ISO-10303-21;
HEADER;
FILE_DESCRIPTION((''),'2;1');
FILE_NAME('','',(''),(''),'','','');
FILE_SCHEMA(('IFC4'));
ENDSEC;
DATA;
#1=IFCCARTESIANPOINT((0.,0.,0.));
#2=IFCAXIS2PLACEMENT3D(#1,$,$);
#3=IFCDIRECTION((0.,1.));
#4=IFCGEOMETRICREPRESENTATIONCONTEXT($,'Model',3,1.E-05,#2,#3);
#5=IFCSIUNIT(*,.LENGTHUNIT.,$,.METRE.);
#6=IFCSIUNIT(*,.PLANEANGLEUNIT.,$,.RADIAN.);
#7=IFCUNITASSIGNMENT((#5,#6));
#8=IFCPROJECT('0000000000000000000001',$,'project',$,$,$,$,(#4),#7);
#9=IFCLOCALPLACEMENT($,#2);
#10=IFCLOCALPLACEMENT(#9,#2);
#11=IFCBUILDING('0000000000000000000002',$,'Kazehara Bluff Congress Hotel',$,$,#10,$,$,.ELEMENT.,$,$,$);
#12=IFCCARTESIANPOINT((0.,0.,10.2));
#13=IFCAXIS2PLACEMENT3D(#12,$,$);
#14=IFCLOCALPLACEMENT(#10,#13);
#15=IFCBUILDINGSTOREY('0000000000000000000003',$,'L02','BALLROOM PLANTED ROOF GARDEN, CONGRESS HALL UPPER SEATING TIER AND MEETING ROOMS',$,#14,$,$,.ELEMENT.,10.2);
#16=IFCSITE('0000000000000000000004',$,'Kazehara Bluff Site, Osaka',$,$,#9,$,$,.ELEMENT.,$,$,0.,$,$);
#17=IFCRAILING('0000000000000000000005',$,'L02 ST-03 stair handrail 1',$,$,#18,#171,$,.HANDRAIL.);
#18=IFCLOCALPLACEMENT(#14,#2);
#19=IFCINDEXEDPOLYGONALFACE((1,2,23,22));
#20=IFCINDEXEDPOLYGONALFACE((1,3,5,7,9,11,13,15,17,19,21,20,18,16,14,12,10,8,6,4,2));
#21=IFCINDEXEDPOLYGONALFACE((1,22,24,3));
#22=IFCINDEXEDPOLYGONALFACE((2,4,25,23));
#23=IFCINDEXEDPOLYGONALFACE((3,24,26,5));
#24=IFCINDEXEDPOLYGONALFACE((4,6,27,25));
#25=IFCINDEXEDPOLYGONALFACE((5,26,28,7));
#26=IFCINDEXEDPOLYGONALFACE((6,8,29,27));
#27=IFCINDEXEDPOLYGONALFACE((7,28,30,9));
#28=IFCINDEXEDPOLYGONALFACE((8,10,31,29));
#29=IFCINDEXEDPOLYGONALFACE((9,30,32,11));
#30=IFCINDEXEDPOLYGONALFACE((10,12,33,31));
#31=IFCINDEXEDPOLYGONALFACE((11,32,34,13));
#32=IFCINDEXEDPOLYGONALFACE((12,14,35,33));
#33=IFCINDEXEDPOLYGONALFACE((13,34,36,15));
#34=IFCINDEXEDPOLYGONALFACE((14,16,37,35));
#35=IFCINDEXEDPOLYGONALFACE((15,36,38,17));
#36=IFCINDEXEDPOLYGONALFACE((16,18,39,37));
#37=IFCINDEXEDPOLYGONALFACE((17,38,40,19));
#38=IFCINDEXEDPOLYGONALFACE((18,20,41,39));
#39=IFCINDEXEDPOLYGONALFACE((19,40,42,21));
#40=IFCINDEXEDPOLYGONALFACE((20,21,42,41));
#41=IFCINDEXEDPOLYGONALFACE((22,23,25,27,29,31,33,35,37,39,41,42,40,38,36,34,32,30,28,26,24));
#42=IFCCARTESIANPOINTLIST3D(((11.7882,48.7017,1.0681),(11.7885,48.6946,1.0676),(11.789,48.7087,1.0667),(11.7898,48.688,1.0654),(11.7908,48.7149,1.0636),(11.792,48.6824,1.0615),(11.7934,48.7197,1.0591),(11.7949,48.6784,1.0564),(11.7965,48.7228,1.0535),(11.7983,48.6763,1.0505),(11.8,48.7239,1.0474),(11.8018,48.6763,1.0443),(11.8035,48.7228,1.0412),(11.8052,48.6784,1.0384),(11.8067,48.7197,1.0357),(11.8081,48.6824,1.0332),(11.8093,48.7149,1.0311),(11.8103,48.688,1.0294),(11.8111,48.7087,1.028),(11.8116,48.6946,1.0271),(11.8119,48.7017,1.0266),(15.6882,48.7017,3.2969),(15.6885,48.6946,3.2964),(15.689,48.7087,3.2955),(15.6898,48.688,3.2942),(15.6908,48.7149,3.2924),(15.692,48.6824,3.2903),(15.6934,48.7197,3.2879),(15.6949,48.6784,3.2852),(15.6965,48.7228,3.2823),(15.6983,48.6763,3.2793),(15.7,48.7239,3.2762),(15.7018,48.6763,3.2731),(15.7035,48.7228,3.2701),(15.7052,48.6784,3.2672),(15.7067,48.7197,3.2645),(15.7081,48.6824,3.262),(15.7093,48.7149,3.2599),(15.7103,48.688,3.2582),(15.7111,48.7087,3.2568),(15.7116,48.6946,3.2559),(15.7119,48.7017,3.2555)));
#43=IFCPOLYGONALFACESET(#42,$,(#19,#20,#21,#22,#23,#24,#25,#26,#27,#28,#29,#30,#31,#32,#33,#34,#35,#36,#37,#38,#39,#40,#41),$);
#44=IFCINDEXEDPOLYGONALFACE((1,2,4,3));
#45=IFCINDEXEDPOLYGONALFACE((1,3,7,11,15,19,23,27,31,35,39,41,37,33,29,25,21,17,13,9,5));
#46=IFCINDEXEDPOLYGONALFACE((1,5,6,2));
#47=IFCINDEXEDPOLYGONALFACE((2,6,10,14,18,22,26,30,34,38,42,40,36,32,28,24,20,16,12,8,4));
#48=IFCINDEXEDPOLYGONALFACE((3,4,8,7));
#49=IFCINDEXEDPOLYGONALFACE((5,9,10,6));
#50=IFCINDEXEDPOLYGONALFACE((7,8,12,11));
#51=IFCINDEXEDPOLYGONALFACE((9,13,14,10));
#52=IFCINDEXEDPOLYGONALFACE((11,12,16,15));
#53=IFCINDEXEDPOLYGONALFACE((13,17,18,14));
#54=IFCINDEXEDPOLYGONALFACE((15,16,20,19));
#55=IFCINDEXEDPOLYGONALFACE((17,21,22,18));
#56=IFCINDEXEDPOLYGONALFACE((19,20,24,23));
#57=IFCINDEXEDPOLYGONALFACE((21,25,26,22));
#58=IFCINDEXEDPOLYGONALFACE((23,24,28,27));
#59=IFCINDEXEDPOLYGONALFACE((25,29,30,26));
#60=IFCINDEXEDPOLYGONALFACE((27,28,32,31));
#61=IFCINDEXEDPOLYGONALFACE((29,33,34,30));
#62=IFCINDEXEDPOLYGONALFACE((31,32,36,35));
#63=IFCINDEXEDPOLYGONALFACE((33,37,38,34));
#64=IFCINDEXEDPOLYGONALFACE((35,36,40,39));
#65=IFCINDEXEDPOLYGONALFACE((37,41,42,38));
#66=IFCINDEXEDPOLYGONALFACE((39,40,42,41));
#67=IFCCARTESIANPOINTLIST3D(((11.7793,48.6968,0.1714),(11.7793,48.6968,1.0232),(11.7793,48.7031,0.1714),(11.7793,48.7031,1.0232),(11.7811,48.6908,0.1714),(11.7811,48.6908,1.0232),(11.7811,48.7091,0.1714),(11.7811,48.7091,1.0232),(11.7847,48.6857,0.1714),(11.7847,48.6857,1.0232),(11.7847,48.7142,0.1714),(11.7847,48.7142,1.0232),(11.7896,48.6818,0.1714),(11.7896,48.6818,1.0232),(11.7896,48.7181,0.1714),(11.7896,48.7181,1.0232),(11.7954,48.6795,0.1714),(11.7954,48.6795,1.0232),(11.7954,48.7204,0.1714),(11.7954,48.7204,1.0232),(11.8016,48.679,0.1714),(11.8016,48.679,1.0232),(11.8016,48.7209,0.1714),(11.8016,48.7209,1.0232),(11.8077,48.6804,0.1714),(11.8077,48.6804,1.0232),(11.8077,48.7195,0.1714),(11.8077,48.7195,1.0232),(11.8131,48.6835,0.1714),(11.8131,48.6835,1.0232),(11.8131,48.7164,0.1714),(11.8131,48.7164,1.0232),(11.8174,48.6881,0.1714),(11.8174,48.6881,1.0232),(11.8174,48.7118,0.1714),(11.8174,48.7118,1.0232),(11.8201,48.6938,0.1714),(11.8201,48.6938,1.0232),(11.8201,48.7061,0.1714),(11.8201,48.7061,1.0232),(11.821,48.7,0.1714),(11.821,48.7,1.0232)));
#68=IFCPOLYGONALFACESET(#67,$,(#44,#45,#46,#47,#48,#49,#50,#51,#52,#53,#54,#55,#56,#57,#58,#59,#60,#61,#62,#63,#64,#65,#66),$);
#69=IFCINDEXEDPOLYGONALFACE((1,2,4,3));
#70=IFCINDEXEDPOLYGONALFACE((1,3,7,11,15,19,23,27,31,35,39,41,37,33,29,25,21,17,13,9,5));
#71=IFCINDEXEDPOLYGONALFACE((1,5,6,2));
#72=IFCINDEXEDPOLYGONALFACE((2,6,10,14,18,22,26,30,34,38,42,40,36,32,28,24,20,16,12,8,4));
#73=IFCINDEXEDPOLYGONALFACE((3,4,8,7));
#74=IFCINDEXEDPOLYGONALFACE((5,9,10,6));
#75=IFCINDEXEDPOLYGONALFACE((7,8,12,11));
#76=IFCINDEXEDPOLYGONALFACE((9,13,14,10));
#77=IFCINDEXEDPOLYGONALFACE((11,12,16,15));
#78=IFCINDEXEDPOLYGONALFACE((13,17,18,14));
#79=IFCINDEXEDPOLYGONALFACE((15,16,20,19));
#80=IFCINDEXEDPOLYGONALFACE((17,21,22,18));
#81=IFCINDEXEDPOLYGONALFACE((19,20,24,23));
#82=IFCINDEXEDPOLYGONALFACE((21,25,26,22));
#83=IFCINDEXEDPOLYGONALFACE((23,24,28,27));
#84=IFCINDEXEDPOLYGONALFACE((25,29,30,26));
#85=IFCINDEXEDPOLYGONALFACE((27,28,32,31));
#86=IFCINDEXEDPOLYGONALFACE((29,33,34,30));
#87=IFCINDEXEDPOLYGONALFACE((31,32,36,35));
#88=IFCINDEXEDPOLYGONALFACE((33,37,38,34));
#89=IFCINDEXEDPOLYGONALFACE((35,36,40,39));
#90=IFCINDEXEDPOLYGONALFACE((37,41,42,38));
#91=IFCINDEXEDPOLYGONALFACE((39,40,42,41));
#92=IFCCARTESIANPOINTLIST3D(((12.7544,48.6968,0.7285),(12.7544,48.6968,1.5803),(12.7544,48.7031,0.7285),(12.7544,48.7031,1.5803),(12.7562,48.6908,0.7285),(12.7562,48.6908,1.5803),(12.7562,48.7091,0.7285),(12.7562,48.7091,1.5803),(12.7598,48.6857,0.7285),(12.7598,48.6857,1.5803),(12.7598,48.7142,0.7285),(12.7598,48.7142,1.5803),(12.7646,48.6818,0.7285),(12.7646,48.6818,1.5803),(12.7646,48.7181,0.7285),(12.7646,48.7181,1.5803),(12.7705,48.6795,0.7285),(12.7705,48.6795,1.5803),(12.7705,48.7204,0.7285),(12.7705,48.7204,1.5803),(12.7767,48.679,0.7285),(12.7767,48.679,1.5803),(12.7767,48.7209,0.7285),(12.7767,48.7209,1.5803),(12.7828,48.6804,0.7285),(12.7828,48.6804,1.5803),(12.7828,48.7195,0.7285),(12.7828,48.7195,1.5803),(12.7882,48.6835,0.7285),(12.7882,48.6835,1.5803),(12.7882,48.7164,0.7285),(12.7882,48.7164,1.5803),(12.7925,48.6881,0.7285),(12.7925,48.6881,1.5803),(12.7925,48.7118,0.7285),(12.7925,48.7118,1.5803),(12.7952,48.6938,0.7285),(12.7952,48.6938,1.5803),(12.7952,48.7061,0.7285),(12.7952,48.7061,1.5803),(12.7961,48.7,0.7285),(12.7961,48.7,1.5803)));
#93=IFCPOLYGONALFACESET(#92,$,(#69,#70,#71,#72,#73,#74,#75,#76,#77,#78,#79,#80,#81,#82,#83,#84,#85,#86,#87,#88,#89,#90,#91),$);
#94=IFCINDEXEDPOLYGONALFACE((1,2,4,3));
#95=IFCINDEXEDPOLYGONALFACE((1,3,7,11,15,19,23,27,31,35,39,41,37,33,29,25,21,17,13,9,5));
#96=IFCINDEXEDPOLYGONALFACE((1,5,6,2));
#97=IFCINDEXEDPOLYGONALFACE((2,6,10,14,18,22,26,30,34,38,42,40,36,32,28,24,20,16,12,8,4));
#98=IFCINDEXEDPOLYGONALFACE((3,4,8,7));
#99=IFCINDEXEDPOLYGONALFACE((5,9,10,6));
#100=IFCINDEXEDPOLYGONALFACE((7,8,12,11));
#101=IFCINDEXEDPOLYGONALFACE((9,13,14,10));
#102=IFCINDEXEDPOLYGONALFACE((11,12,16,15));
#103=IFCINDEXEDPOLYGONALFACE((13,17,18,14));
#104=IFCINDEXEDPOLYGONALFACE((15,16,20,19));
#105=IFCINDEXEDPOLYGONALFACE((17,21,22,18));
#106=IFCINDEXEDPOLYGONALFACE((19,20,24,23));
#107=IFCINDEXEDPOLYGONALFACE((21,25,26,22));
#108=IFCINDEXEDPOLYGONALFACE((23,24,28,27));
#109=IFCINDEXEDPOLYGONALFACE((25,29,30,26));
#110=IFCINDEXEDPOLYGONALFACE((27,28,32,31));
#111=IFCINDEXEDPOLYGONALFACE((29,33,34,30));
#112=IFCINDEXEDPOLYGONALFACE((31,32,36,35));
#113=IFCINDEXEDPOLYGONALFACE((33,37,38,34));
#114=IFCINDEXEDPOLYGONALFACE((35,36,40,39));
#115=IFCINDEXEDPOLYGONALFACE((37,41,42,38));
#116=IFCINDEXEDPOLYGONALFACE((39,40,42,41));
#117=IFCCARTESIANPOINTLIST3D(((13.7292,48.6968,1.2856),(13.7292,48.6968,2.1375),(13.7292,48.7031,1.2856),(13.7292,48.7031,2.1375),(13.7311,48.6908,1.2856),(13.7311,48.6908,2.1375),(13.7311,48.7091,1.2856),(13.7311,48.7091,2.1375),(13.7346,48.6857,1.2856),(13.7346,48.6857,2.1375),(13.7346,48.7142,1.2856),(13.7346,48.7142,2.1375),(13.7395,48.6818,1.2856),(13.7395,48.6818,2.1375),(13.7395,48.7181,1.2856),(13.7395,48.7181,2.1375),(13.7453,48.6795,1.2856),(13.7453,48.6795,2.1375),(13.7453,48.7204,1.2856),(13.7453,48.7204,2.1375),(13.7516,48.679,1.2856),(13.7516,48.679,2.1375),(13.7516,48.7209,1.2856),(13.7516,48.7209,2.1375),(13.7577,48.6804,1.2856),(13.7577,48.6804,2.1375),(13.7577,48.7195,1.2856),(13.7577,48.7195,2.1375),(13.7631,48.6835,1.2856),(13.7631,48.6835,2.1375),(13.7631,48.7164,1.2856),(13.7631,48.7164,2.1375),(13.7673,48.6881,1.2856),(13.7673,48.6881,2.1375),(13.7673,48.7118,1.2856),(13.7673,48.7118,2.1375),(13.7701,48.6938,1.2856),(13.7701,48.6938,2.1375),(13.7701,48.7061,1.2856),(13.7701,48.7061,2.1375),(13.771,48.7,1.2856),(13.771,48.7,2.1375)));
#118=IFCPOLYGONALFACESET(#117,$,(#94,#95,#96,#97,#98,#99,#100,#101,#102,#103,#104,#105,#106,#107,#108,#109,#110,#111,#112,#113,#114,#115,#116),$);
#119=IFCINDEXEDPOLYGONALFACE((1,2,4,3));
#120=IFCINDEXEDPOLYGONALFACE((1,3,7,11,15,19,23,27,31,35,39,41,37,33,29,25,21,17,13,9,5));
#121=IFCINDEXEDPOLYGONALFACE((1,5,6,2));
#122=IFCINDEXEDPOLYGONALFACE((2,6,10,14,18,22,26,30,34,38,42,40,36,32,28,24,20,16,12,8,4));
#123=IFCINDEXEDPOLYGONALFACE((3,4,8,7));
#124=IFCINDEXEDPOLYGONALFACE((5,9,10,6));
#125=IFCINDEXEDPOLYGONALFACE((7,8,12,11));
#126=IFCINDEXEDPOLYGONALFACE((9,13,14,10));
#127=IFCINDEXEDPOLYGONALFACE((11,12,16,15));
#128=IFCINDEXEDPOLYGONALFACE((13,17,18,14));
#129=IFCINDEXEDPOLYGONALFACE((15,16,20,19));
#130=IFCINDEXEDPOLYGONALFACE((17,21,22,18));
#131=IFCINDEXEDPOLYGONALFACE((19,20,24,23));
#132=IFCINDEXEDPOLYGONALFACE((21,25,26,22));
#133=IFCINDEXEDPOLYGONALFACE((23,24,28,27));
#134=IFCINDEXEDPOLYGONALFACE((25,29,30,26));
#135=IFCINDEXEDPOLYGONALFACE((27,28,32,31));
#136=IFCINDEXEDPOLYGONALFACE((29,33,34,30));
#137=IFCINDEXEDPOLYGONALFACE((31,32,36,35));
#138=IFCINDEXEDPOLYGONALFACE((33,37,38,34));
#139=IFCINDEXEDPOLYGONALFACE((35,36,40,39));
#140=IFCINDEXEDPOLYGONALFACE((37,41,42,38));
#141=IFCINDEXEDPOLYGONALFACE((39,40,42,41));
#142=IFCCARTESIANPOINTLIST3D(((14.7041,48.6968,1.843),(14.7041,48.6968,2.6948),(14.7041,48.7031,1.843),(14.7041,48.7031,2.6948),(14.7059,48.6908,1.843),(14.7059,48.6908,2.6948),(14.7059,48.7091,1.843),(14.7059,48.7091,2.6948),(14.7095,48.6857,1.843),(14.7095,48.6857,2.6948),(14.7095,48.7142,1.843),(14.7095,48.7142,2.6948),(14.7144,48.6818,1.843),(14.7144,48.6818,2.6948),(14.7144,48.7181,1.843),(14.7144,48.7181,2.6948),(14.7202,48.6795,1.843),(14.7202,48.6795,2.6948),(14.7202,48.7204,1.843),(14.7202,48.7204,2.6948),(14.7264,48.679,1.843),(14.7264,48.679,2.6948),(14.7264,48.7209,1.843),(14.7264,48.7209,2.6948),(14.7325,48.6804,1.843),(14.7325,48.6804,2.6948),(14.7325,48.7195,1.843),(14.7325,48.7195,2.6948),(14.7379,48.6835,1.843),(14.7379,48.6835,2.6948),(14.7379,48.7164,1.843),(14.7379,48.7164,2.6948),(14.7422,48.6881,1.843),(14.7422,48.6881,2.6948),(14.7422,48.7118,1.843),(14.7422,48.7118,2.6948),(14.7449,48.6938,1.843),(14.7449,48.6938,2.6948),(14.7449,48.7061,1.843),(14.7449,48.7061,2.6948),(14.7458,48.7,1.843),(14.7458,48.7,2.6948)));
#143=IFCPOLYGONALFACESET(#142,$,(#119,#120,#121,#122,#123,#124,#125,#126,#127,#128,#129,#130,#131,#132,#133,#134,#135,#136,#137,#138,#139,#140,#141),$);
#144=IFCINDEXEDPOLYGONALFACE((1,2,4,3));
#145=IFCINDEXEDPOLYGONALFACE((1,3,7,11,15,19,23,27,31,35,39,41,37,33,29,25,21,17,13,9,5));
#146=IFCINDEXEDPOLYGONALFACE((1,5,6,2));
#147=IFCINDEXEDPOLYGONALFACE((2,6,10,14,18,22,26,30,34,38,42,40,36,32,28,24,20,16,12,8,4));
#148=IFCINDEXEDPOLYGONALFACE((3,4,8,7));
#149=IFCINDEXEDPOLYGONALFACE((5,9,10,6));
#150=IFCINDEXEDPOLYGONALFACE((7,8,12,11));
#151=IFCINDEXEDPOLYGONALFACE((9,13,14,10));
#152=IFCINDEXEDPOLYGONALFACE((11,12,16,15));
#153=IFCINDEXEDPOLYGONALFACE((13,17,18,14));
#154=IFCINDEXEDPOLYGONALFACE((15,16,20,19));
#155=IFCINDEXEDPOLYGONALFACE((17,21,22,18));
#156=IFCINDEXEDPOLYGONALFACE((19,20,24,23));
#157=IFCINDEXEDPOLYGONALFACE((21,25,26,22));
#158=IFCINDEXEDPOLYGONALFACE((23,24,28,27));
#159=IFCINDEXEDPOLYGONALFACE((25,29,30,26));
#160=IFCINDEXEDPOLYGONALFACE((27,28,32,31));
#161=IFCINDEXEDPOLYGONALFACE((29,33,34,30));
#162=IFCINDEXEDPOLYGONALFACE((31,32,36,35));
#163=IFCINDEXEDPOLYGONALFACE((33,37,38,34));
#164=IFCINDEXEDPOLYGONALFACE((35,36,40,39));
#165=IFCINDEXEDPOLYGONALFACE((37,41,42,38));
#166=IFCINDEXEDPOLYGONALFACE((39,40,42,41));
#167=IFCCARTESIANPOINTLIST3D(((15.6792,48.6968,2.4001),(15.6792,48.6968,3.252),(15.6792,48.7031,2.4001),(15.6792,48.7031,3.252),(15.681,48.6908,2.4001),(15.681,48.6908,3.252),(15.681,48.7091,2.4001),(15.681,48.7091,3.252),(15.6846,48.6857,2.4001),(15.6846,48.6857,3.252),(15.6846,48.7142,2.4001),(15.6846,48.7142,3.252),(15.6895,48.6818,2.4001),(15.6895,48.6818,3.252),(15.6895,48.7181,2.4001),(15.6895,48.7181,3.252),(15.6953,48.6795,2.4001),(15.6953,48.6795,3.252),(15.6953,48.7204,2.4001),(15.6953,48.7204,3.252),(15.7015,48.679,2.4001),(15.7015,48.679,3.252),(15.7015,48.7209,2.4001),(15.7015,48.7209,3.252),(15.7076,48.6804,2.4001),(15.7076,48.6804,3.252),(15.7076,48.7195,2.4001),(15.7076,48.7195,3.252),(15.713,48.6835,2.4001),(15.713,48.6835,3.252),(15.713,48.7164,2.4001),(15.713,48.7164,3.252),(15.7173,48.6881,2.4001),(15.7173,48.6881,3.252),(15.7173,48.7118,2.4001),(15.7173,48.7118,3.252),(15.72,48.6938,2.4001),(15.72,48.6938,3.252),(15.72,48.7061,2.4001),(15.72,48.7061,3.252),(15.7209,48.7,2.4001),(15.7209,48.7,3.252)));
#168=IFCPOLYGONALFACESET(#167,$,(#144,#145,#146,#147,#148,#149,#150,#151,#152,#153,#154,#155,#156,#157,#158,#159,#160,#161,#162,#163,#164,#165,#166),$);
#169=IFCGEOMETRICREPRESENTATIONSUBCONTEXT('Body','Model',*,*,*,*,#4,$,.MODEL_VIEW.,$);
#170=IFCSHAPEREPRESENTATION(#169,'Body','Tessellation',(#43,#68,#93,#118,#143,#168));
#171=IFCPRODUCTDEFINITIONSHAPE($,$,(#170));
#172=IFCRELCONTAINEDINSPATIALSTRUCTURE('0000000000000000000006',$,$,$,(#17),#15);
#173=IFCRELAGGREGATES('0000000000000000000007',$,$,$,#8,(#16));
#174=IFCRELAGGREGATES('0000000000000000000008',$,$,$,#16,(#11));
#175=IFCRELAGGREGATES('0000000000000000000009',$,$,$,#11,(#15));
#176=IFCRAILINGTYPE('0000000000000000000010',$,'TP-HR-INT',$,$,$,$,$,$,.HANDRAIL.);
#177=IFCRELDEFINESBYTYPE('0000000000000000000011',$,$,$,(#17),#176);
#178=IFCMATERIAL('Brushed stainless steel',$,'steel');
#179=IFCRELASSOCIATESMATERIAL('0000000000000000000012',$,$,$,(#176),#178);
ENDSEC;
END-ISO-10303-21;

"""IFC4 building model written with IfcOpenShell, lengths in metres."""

from ifc_helpers import new_model, si_unit, direction, frame, origin, origin_2d, place, context, subcontext, project, spatial, circle, extrude, material, type_object, element, save


model = new_model("IFC4")

# Units and contexts
model_context = context("Model", 3, precision=1e-05, world=origin(), true_north=direction((0.0, 1.0)))
body_context = subcontext(model_context, "Body", "Model", "MODEL_VIEW")
ifc_project = project(units=[si_unit("LENGTHUNIT", "METRE"), si_unit("PLANEANGLEUNIT", "RADIAN")], contexts=[model_context])

# Site, building, storey
site_placement = place(None, origin())
site = spatial("IfcSite", under=ifc_project, at=site_placement, Name="Kazehara Bluff Site, Osaka", CompositionType="ELEMENT", RefElevation=0.0)
building_placement = place(site_placement, origin())
building = spatial("IfcBuilding", under=site, at=building_placement, Name="Kazehara Bluff Congress Hotel", CompositionType="ELEMENT")
storey_placement = place(building_placement, frame((0.0, 0.0, 10.2)))
storey = spatial("IfcBuildingStorey", under=building, at=storey_placement, Name="L02", Description="BALLROOM PLANTED ROOF GARDEN, CONGRESS HALL UPPER SEATING TIER AND MEETING ROOMS", CompositionType="ELEMENT", Elevation=10.2)

# Railing
ifc_material_1 = material(Name="Brushed stainless steel", Category="steel")
railing_type_1 = type_object("IfcRailingType", Name="TP-HR-INT", PredefinedType="HANDRAIL", material=ifc_material_1)
railing_1_placement = place(storey_placement, frame((11.8, 48.7, 0.1714)))
element("IfcRailing", 1, at=railing_1_placement, inside=storey, type_object=railing_type_1, Name="L02 ST-03 stair handrail 1", PredefinedType="HANDRAIL", context=body_context, shape_type="SweptSolid", body=[
    extrude(circle(Radius=0.0239, at=origin_2d()), frame((0.0, 0.0, 0.876), z_axis=(0.86822, 0.0, 0.49618), x_axis=(0.0, 1.0, 0.0)), (0.0, 0.0, 1.0), 4.4919),
    extrude(circle(Radius=0.021, at=origin_2d()), origin(), (0.0, 0.0, 1.0), 0.8518),
    extrude(circle(Radius=0.021, at=origin_2d()), frame((0.9751, 0.0, 0.5571)), (0.0, 0.0, 1.0), 0.8518),
    extrude(circle(Radius=0.021, at=origin_2d()), frame((1.95, 0.0, 1.1143)), (0.0, 0.0, 1.0), 0.8518),
    extrude(circle(Radius=0.021, at=origin_2d()), frame((2.9248, 0.0, 1.6716)), (0.0, 0.0, 1.0), 0.8518),
    extrude(circle(Radius=0.021, at=origin_2d()), frame((3.8999, 0.0, 2.2288)), (0.0, 0.0, 1.0), 0.8518),
])

save(model, "model.ifc")
